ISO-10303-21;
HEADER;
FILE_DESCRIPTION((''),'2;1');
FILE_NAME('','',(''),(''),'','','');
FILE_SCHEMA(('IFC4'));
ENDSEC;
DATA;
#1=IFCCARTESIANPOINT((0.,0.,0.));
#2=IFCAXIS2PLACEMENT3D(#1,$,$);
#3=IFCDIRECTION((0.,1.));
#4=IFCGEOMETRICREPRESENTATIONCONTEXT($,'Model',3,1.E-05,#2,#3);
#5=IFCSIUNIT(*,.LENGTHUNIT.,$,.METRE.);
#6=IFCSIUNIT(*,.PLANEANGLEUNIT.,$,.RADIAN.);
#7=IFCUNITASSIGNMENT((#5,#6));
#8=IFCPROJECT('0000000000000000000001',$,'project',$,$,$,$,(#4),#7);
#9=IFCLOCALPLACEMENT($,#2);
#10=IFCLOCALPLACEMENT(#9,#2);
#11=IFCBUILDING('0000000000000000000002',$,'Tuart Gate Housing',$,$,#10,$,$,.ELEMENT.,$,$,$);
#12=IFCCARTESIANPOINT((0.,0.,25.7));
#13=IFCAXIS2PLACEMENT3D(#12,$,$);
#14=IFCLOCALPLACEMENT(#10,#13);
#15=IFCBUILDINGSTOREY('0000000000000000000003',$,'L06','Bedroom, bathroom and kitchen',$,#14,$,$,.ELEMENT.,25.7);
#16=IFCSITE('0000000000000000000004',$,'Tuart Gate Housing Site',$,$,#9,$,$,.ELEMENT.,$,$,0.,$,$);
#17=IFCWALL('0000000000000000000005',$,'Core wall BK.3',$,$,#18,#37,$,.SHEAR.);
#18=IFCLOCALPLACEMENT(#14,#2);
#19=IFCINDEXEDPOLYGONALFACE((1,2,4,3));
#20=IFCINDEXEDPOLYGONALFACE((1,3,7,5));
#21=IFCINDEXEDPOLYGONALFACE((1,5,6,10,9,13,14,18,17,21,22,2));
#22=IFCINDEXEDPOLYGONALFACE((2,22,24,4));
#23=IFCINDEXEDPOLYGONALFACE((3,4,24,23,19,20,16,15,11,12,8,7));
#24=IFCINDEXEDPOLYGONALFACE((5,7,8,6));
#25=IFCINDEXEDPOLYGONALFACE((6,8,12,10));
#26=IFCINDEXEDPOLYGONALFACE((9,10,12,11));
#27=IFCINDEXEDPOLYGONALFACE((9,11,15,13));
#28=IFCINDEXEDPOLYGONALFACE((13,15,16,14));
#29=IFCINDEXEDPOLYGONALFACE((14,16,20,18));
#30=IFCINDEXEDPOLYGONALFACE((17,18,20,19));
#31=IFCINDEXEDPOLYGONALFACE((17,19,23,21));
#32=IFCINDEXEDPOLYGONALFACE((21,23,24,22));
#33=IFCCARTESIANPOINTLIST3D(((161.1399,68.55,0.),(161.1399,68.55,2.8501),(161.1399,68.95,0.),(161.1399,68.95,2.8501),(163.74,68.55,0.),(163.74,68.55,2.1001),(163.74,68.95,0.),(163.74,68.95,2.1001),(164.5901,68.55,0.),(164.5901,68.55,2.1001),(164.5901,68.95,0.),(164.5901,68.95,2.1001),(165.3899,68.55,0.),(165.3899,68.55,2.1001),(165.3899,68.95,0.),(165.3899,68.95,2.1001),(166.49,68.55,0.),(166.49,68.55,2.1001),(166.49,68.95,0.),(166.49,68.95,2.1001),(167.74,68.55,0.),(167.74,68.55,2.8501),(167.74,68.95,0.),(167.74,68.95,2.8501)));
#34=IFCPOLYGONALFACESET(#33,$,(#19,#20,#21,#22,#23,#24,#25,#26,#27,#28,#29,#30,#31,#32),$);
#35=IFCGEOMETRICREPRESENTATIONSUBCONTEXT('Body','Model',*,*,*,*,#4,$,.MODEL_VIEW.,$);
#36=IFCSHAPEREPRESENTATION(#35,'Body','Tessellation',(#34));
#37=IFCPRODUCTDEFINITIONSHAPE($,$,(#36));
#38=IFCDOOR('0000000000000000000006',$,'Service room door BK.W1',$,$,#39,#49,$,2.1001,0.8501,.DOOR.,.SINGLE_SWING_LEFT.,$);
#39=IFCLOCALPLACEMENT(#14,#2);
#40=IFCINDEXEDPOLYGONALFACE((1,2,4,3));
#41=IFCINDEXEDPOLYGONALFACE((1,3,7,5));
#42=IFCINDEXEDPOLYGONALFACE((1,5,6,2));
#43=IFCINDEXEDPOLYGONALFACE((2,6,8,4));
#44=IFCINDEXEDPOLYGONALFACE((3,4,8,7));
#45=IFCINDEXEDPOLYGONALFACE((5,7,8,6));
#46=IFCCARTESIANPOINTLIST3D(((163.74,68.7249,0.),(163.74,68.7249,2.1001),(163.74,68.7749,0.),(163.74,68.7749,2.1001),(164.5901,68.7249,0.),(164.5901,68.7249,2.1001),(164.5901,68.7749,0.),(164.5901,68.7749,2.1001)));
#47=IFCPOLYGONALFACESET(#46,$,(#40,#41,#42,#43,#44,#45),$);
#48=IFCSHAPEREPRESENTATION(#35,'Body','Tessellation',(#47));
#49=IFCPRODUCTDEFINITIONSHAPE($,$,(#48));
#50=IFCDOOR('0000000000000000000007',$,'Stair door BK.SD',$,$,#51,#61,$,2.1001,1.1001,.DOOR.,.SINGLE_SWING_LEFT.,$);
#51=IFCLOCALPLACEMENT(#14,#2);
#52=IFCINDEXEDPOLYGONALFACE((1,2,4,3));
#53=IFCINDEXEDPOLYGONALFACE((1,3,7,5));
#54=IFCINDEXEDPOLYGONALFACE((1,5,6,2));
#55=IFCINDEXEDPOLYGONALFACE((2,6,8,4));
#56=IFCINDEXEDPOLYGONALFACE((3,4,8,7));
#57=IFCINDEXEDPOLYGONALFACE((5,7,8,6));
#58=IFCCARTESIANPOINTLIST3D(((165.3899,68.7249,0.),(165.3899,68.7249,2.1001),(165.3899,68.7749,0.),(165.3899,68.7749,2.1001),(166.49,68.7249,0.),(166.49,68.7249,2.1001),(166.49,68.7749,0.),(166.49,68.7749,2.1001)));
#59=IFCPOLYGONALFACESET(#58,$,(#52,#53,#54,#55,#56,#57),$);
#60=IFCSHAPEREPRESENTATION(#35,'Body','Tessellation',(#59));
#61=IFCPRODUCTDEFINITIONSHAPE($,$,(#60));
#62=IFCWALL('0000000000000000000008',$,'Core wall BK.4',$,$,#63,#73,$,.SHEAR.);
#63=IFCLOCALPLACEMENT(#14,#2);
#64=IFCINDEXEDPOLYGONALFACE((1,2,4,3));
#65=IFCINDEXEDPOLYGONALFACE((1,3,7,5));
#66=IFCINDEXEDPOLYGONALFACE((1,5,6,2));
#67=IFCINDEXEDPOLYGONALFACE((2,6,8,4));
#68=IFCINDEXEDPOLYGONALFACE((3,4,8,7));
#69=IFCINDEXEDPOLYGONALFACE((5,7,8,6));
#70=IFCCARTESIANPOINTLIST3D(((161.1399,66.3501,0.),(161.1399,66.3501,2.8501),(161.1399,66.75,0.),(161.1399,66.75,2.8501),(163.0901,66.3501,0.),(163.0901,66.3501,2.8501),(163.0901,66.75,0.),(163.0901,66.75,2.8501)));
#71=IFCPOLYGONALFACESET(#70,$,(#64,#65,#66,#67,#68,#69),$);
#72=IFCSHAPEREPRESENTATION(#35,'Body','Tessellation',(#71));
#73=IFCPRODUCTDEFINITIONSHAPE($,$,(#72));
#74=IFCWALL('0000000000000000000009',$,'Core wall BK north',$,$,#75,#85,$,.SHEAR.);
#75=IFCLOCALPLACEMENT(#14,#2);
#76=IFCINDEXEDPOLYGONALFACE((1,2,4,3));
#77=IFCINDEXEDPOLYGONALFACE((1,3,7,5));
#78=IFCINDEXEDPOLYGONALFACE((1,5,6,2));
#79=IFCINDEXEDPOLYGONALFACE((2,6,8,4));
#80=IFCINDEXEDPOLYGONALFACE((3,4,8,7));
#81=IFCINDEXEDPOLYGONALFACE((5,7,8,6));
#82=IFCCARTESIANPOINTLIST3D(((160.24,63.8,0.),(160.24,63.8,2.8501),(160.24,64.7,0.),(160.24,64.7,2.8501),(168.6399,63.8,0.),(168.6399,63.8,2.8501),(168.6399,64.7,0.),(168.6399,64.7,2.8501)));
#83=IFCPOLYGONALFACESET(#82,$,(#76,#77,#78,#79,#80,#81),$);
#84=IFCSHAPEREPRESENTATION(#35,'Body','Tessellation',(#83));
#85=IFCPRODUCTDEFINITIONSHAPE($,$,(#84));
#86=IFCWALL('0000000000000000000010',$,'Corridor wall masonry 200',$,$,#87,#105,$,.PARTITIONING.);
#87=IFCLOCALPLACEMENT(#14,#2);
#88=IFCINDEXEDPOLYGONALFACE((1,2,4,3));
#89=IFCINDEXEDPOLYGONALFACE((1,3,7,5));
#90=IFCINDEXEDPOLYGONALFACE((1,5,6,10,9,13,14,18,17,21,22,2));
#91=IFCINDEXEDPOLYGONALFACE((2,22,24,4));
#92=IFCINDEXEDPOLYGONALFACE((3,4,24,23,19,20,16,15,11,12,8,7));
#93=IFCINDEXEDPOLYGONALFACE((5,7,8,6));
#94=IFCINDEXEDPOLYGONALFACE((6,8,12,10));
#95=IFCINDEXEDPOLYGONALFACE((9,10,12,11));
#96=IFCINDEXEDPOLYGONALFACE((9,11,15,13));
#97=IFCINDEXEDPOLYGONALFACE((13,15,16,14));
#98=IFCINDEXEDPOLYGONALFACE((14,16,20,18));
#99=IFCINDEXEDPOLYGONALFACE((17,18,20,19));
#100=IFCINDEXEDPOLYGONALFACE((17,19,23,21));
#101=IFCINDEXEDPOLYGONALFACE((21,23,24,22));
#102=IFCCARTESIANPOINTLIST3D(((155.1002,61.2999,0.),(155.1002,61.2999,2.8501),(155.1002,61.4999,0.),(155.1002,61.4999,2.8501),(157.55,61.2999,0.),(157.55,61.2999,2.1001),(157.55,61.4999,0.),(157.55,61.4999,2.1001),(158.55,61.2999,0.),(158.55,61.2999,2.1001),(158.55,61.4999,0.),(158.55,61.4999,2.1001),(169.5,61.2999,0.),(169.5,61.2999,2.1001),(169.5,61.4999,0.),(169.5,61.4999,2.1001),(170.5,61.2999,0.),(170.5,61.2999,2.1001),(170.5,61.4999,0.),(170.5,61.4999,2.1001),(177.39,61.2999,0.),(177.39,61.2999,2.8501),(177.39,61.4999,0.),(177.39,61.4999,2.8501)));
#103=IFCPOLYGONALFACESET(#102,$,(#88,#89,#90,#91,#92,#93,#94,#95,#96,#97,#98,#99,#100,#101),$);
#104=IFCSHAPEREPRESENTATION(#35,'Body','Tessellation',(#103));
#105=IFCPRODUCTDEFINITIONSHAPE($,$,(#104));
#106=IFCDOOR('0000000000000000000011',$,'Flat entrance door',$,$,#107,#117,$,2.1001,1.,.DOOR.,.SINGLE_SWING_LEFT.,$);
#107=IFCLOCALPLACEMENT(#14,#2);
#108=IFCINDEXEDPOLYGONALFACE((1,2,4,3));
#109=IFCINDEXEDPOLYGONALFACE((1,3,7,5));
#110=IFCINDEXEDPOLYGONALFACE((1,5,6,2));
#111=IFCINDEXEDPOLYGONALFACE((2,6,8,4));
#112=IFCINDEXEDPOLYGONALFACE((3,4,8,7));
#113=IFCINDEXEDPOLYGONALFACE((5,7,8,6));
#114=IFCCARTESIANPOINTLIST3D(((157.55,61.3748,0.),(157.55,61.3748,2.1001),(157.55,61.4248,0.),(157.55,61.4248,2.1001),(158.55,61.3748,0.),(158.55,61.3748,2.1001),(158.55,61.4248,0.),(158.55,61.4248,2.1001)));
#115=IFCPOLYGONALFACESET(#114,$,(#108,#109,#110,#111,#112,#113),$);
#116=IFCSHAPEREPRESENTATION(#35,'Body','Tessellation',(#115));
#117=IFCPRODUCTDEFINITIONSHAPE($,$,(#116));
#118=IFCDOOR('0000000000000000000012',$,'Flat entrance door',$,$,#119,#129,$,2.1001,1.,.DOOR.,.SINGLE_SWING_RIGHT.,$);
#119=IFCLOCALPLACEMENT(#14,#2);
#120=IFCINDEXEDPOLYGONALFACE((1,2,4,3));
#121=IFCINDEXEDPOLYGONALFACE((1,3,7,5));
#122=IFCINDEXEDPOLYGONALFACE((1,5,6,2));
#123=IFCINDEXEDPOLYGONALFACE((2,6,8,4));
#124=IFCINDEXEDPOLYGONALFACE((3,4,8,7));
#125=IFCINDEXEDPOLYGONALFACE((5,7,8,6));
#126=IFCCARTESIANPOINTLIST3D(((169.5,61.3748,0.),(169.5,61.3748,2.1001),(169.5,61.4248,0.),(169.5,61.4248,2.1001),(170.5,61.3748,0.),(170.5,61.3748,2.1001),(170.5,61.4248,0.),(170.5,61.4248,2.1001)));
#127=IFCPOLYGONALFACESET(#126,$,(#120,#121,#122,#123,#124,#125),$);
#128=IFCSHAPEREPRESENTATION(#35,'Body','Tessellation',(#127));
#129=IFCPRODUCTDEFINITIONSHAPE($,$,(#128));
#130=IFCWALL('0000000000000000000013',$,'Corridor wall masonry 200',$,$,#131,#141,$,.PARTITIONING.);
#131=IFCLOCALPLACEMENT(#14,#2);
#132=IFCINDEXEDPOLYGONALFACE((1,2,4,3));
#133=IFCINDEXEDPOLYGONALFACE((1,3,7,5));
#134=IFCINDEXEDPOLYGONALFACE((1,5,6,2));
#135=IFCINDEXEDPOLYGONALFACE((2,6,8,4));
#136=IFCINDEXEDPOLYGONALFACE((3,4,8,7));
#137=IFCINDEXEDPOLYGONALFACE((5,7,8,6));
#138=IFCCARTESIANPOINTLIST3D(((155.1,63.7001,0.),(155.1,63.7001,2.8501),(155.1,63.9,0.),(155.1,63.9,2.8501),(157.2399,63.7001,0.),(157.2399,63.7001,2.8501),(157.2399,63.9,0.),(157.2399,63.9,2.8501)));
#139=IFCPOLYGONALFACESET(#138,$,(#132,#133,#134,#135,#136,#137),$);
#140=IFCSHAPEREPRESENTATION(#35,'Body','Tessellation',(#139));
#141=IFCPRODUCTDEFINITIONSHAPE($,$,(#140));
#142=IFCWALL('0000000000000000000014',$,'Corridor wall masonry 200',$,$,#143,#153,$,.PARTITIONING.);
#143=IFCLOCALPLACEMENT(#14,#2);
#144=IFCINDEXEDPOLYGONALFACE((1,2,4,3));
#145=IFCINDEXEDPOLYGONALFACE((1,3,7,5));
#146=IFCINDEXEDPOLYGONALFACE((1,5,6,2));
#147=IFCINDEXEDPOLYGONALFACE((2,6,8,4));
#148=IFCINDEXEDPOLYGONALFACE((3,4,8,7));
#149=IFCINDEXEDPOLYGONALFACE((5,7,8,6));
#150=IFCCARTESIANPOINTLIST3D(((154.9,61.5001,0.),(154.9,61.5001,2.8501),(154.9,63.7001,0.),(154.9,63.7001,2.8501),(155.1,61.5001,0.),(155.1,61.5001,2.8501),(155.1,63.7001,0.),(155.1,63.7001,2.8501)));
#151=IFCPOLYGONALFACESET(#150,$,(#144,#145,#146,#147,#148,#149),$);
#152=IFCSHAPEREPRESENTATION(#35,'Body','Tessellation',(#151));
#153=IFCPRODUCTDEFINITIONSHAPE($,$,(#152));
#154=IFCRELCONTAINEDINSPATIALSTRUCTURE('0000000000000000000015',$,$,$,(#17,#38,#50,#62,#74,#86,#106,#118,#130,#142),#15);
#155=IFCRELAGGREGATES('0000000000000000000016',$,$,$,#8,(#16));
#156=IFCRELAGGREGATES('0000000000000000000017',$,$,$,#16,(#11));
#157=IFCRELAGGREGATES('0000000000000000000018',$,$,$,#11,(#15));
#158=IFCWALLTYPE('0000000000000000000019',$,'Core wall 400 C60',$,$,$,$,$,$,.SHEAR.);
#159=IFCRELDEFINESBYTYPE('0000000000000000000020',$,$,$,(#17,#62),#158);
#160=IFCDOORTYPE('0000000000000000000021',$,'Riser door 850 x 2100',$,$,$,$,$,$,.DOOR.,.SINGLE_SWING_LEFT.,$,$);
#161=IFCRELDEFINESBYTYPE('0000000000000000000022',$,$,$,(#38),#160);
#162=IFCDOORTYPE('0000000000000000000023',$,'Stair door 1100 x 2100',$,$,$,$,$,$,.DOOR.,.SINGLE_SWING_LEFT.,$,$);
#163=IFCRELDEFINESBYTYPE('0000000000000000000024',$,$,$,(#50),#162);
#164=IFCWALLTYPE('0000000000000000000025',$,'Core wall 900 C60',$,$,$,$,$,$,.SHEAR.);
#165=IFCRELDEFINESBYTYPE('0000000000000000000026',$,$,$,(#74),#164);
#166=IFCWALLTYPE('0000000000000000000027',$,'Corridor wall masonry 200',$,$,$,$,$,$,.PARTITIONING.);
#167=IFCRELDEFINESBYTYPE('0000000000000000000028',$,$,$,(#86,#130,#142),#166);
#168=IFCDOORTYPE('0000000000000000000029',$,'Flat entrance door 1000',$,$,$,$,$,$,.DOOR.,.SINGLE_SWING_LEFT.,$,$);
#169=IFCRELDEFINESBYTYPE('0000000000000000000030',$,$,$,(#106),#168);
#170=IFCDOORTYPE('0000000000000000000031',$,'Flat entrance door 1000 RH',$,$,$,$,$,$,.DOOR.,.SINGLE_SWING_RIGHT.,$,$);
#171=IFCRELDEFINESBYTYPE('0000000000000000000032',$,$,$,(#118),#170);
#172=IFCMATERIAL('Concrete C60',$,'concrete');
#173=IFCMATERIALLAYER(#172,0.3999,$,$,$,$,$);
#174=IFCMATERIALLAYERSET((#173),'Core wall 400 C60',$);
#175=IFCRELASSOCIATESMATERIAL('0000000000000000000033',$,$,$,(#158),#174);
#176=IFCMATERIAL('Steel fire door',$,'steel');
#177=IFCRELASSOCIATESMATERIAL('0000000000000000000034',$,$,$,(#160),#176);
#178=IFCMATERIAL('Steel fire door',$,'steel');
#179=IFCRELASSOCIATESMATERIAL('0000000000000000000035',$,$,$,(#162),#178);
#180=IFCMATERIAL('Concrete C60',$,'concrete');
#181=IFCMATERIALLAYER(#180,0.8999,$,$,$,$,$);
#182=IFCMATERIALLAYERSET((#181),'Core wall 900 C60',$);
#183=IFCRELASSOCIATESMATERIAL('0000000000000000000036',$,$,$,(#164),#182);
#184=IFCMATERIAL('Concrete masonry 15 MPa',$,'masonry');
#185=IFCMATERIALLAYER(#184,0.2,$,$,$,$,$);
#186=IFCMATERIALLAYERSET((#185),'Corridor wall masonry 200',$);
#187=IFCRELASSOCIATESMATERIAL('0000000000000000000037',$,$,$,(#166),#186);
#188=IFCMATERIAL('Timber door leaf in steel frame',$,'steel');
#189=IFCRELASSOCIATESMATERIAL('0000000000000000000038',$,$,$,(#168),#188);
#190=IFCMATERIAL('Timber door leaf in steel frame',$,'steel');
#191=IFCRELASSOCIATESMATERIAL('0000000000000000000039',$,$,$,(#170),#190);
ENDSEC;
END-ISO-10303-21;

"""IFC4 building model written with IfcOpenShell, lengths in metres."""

from ifc_helpers import new_model, si_unit, direction, frame, frame_2d, origin, place, context, subcontext, project, spatial, rectangle, extrude, material, layer, layer_set, type_object, element, fill, save


model = new_model("IFC4")

# Units and contexts
model_context = context("Model", 3, precision=1e-05, world=origin(), true_north=direction((0.0, 1.0)))
body_context = subcontext(model_context, "Body", "Model", "MODEL_VIEW")
ifc_project = project(units=[si_unit("LENGTHUNIT", "METRE"), si_unit("PLANEANGLEUNIT", "RADIAN")], contexts=[model_context])

# Site, building, storey
site_placement = place(None, origin())
site = spatial("IfcSite", under=ifc_project, at=site_placement, Name="Tuart Gate Housing Site", CompositionType="ELEMENT", RefElevation=0.0)
building_placement = place(site_placement, origin())
building = spatial("IfcBuilding", under=site, at=building_placement, Name="Tuart Gate Housing", CompositionType="ELEMENT")
storey_placement = place(building_placement, frame((0.0, 0.0, 25.7)))
storey = spatial("IfcBuildingStorey", under=building, at=storey_placement, Name="L06", Description="Bedroom, bathroom and kitchen", CompositionType="ELEMENT", Elevation=25.7)

# Wall, openings, doors
ifc_material_1 = material(Name="Concrete C60", Category="concrete")
ifc_layer_1 = layer(ifc_material_1, 0.3999)
ifc_layer_set_1 = layer_set([ifc_layer_1], Name="Core wall 400 C60")
wall_type_1 = type_object("IfcWallType", Name="Core wall 400 C60", PredefinedType="SHEAR", material=ifc_layer_set_1)
wall_1_placement = place(storey_placement, frame((161.1399, 68.75, 0.0), z_axis=(0.0, 0.0, 1.0), x_axis=(1.0, 0.0, 0.0)))
wall_1 = element("IfcWall", 1, at=wall_1_placement, inside=storey, type_object=wall_type_1, Name="Core wall BK.3", PredefinedType="SHEAR", context=body_context, shape_type="SweptSolid", body=[
    extrude(rectangle(XDim=6.6001, YDim=0.3999, at=frame_2d((3.3, 0.0))), origin(), (0.0, 0.0, 1.0), 2.8501),
])
opening_1_placement = place(wall_1_placement, frame((4.25, 0.0, 0.0)))
opening_1 = element("IfcOpeningElement", 2, at=opening_1_placement, cuts=wall_1, PredefinedType="OPENING", context=body_context, shape_type="SweptSolid", body=[
    extrude(rectangle(XDim=1.1001, YDim=2.1001, at=frame_2d((0.55, 1.05))), frame((0.0, 0.21, 0.0), z_axis=(0.0, -1.0, 0.0), x_axis=(1.0, 0.0, 0.0)), (0.0, 0.0, 1.0), 0.4199),
])
opening_2_placement = place(wall_1_placement, frame((2.6001, 0.0, 0.0)))
opening_2 = element("IfcOpeningElement", 3, at=opening_2_placement, cuts=wall_1, PredefinedType="OPENING", context=body_context, shape_type="SweptSolid", body=[
    extrude(rectangle(XDim=0.8501, YDim=2.1001, at=frame_2d((0.425, 1.05))), frame((0.0, 0.21, 0.0), z_axis=(0.0, -1.0, 0.0), x_axis=(1.0, 0.0, 0.0)), (0.0, 0.0, 1.0), 0.4199),
])
ifc_material_2 = material(Name="Steel fire door", Category="steel")
door_type_1 = type_object("IfcDoorType", Name="Riser door 850 x 2100", OperationType="SINGLE_SWING_LEFT", PredefinedType="DOOR", material=ifc_material_2)
door_1_placement = place(opening_2_placement, origin())
door_1 = element("IfcDoor", 4, at=door_1_placement, inside=storey, type_object=door_type_1, Name="Service room door BK.W1", OperationType="SINGLE_SWING_LEFT", OverallHeight=2.1001, OverallWidth=0.8501, PredefinedType="DOOR", context=body_context, shape_type="SweptSolid", body=[
    extrude(rectangle(XDim=0.8501, YDim=2.1001, at=frame_2d((0.425, 1.05))), frame((0.0, 0.0249, 0.0), z_axis=(0.0, -1.0, 0.0), x_axis=(1.0, 0.0, 0.0)), (0.0, 0.0, 1.0), 0.05),
])
fill(opening_2, door_1)
ifc_material_3 = material(Name="Steel fire door", Category="steel")
door_type_2 = type_object("IfcDoorType", Name="Stair door 1100 x 2100", OperationType="SINGLE_SWING_LEFT", PredefinedType="DOOR", material=ifc_material_3)
door_2_placement = place(opening_1_placement, origin())
door_2 = element("IfcDoor", 5, at=door_2_placement, inside=storey, type_object=door_type_2, Name="Stair door BK.SD", OperationType="SINGLE_SWING_LEFT", OverallHeight=2.1001, OverallWidth=1.1001, PredefinedType="DOOR", context=body_context, shape_type="SweptSolid", body=[
    extrude(rectangle(XDim=1.1001, YDim=2.1001, at=frame_2d((0.55, 1.05))), frame((0.0, 0.0249, 0.0), z_axis=(0.0, -1.0, 0.0), x_axis=(1.0, 0.0, 0.0)), (0.0, 0.0, 1.0), 0.05),
])
fill(opening_1, door_2)

# Walls
wall_2_placement = place(storey_placement, frame((161.1399, 66.55, 0.0), z_axis=(0.0, 0.0, 1.0), x_axis=(1.0, 0.0, 0.0)))
element("IfcWall", 6, at=wall_2_placement, inside=storey, type_object=wall_type_1, Name="Core wall BK.4", PredefinedType="SHEAR", context=body_context, shape_type="SweptSolid", body=[
    extrude(rectangle(XDim=1.9502, YDim=0.3999, at=frame_2d((0.9751, 0.0))), origin(), (0.0, 0.0, 1.0), 2.8501),
])
ifc_material_4 = material(Name="Concrete C60", Category="concrete")
ifc_layer_2 = layer(ifc_material_4, 0.8999)
ifc_layer_set_2 = layer_set([ifc_layer_2], Name="Core wall 900 C60")
wall_type_2 = type_object("IfcWallType", Name="Core wall 900 C60", PredefinedType="SHEAR", material=ifc_layer_set_2)
wall_3_placement = place(storey_placement, frame((160.24, 64.25, 0.0), z_axis=(0.0, 0.0, 1.0), x_axis=(1.0, 0.0, 0.0)))
element("IfcWall", 7, at=wall_3_placement, inside=storey, type_object=wall_type_2, Name="Core wall BK north", PredefinedType="SHEAR", context=body_context, shape_type="SweptSolid", body=[
    extrude(rectangle(XDim=8.3999, YDim=0.8999, at=frame_2d((4.2, 0.0))), origin(), (0.0, 0.0, 1.0), 2.8501),
])

# Wall, openings, doors
ifc_material_5 = material(Name="Concrete masonry 15 MPa", Category="masonry")
ifc_layer_3 = layer(ifc_material_5, 0.2)
ifc_layer_set_3 = layer_set([ifc_layer_3], Name="Corridor wall masonry 200")
wall_type_3 = type_object("IfcWallType", Name="Corridor wall masonry 200", PredefinedType="PARTITIONING", material=ifc_layer_set_3)
wall_4_placement = place(storey_placement, frame((155.1001, 61.3999, 0.0), z_axis=(0.0, 0.0, 1.0), x_axis=(1.0, 0.0, 0.0)))
wall_4 = element("IfcWall", 8, at=wall_4_placement, inside=storey, type_object=wall_type_3, Name="Corridor wall masonry 200", PredefinedType="PARTITIONING", context=body_context, shape_type="SweptSolid", body=[
    extrude(rectangle(XDim=22.2898, YDim=0.2, at=frame_2d((11.145, 0.0))), origin(), (0.0, 0.0, 1.0), 2.8501),
])
opening_3_placement = place(wall_4_placement, frame((2.45, 0.0, 0.0)))
opening_3 = element("IfcOpeningElement", 9, at=opening_3_placement, cuts=wall_4, PredefinedType="OPENING", context=body_context, shape_type="SweptSolid", body=[
    extrude(rectangle(XDim=1.0, YDim=2.1001, at=frame_2d((0.5, 1.05))), frame((0.0, 0.1099, 0.0), z_axis=(0.0, -1.0, 0.0), x_axis=(1.0, 0.0, 0.0)), (0.0, 0.0, 1.0), 0.22),
])
opening_4_placement = place(wall_4_placement, frame((14.3999, 0.0, 0.0)))
opening_4 = element("IfcOpeningElement", 10, at=opening_4_placement, cuts=wall_4, PredefinedType="OPENING", context=body_context, shape_type="SweptSolid", body=[
    extrude(rectangle(XDim=1.0, YDim=2.1001, at=frame_2d((0.5, 1.05))), frame((0.0, 0.1099, 0.0), z_axis=(0.0, -1.0, 0.0), x_axis=(1.0, 0.0, 0.0)), (0.0, 0.0, 1.0), 0.22),
])
ifc_material_6 = material(Name="Timber door leaf in steel frame", Category="steel")
door_type_3 = type_object("IfcDoorType", Name="Flat entrance door 1000", OperationType="SINGLE_SWING_LEFT", PredefinedType="DOOR", material=ifc_material_6)
door_3_placement = place(opening_3_placement, frame((1.0, 0.0, 0.0), z_axis=(0.0, 0.0, 1.0), x_axis=(-1.0, 0.0, 0.0)))
door_3 = element("IfcDoor", 11, at=door_3_placement, inside=storey, type_object=door_type_3, Name="Flat entrance door", OperationType="SINGLE_SWING_LEFT", OverallHeight=2.1001, OverallWidth=1.0, PredefinedType="DOOR", context=body_context, shape_type="SweptSolid", body=[
    extrude(rectangle(XDim=1.0, YDim=2.1001, at=frame_2d((0.5, 1.05))), frame((0.0, 0.0251, 0.0), z_axis=(0.0, -1.0, 0.0), x_axis=(1.0, 0.0, 0.0)), (0.0, 0.0, 1.0), 0.05),
])
fill(opening_3, door_3)
ifc_material_7 = material(Name="Timber door leaf in steel frame", Category="steel")
door_type_4 = type_object("IfcDoorType", Name="Flat entrance door 1000 RH", OperationType="SINGLE_SWING_RIGHT", PredefinedType="DOOR", material=ifc_material_7)
door_4_placement = place(opening_4_placement, frame((1.0, 0.0, 0.0), z_axis=(0.0, 0.0, 1.0), x_axis=(-1.0, 0.0, 0.0)))
door_4 = element("IfcDoor", 12, at=door_4_placement, inside=storey, type_object=door_type_4, Name="Flat entrance door", OperationType="SINGLE_SWING_RIGHT", OverallHeight=2.1001, OverallWidth=1.0, PredefinedType="DOOR", context=body_context, shape_type="SweptSolid", body=[
    extrude(rectangle(XDim=1.0, YDim=2.1001, at=frame_2d((0.5, 1.05))), frame((0.0, 0.0251, 0.0), z_axis=(0.0, -1.0, 0.0), x_axis=(1.0, 0.0, 0.0)), (0.0, 0.0, 1.0), 0.05),
])
fill(opening_4, door_4)

# Walls
wall_5_placement = place(storey_placement, frame((155.1001, 63.8, 0.0), z_axis=(0.0, 0.0, 1.0), x_axis=(1.0, 0.0, 0.0)))
element("IfcWall", 13, at=wall_5_placement, inside=storey, type_object=wall_type_3, Name="Corridor wall masonry 200", PredefinedType="PARTITIONING", context=body_context, shape_type="SweptSolid", body=[
    extrude(rectangle(XDim=2.1399, YDim=0.2, at=frame_2d((1.0698, 0.0))), origin(), (0.0, 0.0, 1.0), 2.8501),
])
wall_6_placement = place(storey_placement, frame((155.0, 61.5, 0.0), z_axis=(0.0, 0.0, 1.0), x_axis=(0.0, 1.0, 0.0)))
element("IfcWall", 14, at=wall_6_placement, inside=storey, type_object=wall_type_3, Name="Corridor wall masonry 200", PredefinedType="PARTITIONING", context=body_context, shape_type="SweptSolid", body=[
    extrude(rectangle(XDim=2.2, YDim=0.2, at=frame_2d((1.1001, 0.0))), origin(), (0.0, 0.0, 1.0), 2.8501),
])

save(model, "model.ifc")
